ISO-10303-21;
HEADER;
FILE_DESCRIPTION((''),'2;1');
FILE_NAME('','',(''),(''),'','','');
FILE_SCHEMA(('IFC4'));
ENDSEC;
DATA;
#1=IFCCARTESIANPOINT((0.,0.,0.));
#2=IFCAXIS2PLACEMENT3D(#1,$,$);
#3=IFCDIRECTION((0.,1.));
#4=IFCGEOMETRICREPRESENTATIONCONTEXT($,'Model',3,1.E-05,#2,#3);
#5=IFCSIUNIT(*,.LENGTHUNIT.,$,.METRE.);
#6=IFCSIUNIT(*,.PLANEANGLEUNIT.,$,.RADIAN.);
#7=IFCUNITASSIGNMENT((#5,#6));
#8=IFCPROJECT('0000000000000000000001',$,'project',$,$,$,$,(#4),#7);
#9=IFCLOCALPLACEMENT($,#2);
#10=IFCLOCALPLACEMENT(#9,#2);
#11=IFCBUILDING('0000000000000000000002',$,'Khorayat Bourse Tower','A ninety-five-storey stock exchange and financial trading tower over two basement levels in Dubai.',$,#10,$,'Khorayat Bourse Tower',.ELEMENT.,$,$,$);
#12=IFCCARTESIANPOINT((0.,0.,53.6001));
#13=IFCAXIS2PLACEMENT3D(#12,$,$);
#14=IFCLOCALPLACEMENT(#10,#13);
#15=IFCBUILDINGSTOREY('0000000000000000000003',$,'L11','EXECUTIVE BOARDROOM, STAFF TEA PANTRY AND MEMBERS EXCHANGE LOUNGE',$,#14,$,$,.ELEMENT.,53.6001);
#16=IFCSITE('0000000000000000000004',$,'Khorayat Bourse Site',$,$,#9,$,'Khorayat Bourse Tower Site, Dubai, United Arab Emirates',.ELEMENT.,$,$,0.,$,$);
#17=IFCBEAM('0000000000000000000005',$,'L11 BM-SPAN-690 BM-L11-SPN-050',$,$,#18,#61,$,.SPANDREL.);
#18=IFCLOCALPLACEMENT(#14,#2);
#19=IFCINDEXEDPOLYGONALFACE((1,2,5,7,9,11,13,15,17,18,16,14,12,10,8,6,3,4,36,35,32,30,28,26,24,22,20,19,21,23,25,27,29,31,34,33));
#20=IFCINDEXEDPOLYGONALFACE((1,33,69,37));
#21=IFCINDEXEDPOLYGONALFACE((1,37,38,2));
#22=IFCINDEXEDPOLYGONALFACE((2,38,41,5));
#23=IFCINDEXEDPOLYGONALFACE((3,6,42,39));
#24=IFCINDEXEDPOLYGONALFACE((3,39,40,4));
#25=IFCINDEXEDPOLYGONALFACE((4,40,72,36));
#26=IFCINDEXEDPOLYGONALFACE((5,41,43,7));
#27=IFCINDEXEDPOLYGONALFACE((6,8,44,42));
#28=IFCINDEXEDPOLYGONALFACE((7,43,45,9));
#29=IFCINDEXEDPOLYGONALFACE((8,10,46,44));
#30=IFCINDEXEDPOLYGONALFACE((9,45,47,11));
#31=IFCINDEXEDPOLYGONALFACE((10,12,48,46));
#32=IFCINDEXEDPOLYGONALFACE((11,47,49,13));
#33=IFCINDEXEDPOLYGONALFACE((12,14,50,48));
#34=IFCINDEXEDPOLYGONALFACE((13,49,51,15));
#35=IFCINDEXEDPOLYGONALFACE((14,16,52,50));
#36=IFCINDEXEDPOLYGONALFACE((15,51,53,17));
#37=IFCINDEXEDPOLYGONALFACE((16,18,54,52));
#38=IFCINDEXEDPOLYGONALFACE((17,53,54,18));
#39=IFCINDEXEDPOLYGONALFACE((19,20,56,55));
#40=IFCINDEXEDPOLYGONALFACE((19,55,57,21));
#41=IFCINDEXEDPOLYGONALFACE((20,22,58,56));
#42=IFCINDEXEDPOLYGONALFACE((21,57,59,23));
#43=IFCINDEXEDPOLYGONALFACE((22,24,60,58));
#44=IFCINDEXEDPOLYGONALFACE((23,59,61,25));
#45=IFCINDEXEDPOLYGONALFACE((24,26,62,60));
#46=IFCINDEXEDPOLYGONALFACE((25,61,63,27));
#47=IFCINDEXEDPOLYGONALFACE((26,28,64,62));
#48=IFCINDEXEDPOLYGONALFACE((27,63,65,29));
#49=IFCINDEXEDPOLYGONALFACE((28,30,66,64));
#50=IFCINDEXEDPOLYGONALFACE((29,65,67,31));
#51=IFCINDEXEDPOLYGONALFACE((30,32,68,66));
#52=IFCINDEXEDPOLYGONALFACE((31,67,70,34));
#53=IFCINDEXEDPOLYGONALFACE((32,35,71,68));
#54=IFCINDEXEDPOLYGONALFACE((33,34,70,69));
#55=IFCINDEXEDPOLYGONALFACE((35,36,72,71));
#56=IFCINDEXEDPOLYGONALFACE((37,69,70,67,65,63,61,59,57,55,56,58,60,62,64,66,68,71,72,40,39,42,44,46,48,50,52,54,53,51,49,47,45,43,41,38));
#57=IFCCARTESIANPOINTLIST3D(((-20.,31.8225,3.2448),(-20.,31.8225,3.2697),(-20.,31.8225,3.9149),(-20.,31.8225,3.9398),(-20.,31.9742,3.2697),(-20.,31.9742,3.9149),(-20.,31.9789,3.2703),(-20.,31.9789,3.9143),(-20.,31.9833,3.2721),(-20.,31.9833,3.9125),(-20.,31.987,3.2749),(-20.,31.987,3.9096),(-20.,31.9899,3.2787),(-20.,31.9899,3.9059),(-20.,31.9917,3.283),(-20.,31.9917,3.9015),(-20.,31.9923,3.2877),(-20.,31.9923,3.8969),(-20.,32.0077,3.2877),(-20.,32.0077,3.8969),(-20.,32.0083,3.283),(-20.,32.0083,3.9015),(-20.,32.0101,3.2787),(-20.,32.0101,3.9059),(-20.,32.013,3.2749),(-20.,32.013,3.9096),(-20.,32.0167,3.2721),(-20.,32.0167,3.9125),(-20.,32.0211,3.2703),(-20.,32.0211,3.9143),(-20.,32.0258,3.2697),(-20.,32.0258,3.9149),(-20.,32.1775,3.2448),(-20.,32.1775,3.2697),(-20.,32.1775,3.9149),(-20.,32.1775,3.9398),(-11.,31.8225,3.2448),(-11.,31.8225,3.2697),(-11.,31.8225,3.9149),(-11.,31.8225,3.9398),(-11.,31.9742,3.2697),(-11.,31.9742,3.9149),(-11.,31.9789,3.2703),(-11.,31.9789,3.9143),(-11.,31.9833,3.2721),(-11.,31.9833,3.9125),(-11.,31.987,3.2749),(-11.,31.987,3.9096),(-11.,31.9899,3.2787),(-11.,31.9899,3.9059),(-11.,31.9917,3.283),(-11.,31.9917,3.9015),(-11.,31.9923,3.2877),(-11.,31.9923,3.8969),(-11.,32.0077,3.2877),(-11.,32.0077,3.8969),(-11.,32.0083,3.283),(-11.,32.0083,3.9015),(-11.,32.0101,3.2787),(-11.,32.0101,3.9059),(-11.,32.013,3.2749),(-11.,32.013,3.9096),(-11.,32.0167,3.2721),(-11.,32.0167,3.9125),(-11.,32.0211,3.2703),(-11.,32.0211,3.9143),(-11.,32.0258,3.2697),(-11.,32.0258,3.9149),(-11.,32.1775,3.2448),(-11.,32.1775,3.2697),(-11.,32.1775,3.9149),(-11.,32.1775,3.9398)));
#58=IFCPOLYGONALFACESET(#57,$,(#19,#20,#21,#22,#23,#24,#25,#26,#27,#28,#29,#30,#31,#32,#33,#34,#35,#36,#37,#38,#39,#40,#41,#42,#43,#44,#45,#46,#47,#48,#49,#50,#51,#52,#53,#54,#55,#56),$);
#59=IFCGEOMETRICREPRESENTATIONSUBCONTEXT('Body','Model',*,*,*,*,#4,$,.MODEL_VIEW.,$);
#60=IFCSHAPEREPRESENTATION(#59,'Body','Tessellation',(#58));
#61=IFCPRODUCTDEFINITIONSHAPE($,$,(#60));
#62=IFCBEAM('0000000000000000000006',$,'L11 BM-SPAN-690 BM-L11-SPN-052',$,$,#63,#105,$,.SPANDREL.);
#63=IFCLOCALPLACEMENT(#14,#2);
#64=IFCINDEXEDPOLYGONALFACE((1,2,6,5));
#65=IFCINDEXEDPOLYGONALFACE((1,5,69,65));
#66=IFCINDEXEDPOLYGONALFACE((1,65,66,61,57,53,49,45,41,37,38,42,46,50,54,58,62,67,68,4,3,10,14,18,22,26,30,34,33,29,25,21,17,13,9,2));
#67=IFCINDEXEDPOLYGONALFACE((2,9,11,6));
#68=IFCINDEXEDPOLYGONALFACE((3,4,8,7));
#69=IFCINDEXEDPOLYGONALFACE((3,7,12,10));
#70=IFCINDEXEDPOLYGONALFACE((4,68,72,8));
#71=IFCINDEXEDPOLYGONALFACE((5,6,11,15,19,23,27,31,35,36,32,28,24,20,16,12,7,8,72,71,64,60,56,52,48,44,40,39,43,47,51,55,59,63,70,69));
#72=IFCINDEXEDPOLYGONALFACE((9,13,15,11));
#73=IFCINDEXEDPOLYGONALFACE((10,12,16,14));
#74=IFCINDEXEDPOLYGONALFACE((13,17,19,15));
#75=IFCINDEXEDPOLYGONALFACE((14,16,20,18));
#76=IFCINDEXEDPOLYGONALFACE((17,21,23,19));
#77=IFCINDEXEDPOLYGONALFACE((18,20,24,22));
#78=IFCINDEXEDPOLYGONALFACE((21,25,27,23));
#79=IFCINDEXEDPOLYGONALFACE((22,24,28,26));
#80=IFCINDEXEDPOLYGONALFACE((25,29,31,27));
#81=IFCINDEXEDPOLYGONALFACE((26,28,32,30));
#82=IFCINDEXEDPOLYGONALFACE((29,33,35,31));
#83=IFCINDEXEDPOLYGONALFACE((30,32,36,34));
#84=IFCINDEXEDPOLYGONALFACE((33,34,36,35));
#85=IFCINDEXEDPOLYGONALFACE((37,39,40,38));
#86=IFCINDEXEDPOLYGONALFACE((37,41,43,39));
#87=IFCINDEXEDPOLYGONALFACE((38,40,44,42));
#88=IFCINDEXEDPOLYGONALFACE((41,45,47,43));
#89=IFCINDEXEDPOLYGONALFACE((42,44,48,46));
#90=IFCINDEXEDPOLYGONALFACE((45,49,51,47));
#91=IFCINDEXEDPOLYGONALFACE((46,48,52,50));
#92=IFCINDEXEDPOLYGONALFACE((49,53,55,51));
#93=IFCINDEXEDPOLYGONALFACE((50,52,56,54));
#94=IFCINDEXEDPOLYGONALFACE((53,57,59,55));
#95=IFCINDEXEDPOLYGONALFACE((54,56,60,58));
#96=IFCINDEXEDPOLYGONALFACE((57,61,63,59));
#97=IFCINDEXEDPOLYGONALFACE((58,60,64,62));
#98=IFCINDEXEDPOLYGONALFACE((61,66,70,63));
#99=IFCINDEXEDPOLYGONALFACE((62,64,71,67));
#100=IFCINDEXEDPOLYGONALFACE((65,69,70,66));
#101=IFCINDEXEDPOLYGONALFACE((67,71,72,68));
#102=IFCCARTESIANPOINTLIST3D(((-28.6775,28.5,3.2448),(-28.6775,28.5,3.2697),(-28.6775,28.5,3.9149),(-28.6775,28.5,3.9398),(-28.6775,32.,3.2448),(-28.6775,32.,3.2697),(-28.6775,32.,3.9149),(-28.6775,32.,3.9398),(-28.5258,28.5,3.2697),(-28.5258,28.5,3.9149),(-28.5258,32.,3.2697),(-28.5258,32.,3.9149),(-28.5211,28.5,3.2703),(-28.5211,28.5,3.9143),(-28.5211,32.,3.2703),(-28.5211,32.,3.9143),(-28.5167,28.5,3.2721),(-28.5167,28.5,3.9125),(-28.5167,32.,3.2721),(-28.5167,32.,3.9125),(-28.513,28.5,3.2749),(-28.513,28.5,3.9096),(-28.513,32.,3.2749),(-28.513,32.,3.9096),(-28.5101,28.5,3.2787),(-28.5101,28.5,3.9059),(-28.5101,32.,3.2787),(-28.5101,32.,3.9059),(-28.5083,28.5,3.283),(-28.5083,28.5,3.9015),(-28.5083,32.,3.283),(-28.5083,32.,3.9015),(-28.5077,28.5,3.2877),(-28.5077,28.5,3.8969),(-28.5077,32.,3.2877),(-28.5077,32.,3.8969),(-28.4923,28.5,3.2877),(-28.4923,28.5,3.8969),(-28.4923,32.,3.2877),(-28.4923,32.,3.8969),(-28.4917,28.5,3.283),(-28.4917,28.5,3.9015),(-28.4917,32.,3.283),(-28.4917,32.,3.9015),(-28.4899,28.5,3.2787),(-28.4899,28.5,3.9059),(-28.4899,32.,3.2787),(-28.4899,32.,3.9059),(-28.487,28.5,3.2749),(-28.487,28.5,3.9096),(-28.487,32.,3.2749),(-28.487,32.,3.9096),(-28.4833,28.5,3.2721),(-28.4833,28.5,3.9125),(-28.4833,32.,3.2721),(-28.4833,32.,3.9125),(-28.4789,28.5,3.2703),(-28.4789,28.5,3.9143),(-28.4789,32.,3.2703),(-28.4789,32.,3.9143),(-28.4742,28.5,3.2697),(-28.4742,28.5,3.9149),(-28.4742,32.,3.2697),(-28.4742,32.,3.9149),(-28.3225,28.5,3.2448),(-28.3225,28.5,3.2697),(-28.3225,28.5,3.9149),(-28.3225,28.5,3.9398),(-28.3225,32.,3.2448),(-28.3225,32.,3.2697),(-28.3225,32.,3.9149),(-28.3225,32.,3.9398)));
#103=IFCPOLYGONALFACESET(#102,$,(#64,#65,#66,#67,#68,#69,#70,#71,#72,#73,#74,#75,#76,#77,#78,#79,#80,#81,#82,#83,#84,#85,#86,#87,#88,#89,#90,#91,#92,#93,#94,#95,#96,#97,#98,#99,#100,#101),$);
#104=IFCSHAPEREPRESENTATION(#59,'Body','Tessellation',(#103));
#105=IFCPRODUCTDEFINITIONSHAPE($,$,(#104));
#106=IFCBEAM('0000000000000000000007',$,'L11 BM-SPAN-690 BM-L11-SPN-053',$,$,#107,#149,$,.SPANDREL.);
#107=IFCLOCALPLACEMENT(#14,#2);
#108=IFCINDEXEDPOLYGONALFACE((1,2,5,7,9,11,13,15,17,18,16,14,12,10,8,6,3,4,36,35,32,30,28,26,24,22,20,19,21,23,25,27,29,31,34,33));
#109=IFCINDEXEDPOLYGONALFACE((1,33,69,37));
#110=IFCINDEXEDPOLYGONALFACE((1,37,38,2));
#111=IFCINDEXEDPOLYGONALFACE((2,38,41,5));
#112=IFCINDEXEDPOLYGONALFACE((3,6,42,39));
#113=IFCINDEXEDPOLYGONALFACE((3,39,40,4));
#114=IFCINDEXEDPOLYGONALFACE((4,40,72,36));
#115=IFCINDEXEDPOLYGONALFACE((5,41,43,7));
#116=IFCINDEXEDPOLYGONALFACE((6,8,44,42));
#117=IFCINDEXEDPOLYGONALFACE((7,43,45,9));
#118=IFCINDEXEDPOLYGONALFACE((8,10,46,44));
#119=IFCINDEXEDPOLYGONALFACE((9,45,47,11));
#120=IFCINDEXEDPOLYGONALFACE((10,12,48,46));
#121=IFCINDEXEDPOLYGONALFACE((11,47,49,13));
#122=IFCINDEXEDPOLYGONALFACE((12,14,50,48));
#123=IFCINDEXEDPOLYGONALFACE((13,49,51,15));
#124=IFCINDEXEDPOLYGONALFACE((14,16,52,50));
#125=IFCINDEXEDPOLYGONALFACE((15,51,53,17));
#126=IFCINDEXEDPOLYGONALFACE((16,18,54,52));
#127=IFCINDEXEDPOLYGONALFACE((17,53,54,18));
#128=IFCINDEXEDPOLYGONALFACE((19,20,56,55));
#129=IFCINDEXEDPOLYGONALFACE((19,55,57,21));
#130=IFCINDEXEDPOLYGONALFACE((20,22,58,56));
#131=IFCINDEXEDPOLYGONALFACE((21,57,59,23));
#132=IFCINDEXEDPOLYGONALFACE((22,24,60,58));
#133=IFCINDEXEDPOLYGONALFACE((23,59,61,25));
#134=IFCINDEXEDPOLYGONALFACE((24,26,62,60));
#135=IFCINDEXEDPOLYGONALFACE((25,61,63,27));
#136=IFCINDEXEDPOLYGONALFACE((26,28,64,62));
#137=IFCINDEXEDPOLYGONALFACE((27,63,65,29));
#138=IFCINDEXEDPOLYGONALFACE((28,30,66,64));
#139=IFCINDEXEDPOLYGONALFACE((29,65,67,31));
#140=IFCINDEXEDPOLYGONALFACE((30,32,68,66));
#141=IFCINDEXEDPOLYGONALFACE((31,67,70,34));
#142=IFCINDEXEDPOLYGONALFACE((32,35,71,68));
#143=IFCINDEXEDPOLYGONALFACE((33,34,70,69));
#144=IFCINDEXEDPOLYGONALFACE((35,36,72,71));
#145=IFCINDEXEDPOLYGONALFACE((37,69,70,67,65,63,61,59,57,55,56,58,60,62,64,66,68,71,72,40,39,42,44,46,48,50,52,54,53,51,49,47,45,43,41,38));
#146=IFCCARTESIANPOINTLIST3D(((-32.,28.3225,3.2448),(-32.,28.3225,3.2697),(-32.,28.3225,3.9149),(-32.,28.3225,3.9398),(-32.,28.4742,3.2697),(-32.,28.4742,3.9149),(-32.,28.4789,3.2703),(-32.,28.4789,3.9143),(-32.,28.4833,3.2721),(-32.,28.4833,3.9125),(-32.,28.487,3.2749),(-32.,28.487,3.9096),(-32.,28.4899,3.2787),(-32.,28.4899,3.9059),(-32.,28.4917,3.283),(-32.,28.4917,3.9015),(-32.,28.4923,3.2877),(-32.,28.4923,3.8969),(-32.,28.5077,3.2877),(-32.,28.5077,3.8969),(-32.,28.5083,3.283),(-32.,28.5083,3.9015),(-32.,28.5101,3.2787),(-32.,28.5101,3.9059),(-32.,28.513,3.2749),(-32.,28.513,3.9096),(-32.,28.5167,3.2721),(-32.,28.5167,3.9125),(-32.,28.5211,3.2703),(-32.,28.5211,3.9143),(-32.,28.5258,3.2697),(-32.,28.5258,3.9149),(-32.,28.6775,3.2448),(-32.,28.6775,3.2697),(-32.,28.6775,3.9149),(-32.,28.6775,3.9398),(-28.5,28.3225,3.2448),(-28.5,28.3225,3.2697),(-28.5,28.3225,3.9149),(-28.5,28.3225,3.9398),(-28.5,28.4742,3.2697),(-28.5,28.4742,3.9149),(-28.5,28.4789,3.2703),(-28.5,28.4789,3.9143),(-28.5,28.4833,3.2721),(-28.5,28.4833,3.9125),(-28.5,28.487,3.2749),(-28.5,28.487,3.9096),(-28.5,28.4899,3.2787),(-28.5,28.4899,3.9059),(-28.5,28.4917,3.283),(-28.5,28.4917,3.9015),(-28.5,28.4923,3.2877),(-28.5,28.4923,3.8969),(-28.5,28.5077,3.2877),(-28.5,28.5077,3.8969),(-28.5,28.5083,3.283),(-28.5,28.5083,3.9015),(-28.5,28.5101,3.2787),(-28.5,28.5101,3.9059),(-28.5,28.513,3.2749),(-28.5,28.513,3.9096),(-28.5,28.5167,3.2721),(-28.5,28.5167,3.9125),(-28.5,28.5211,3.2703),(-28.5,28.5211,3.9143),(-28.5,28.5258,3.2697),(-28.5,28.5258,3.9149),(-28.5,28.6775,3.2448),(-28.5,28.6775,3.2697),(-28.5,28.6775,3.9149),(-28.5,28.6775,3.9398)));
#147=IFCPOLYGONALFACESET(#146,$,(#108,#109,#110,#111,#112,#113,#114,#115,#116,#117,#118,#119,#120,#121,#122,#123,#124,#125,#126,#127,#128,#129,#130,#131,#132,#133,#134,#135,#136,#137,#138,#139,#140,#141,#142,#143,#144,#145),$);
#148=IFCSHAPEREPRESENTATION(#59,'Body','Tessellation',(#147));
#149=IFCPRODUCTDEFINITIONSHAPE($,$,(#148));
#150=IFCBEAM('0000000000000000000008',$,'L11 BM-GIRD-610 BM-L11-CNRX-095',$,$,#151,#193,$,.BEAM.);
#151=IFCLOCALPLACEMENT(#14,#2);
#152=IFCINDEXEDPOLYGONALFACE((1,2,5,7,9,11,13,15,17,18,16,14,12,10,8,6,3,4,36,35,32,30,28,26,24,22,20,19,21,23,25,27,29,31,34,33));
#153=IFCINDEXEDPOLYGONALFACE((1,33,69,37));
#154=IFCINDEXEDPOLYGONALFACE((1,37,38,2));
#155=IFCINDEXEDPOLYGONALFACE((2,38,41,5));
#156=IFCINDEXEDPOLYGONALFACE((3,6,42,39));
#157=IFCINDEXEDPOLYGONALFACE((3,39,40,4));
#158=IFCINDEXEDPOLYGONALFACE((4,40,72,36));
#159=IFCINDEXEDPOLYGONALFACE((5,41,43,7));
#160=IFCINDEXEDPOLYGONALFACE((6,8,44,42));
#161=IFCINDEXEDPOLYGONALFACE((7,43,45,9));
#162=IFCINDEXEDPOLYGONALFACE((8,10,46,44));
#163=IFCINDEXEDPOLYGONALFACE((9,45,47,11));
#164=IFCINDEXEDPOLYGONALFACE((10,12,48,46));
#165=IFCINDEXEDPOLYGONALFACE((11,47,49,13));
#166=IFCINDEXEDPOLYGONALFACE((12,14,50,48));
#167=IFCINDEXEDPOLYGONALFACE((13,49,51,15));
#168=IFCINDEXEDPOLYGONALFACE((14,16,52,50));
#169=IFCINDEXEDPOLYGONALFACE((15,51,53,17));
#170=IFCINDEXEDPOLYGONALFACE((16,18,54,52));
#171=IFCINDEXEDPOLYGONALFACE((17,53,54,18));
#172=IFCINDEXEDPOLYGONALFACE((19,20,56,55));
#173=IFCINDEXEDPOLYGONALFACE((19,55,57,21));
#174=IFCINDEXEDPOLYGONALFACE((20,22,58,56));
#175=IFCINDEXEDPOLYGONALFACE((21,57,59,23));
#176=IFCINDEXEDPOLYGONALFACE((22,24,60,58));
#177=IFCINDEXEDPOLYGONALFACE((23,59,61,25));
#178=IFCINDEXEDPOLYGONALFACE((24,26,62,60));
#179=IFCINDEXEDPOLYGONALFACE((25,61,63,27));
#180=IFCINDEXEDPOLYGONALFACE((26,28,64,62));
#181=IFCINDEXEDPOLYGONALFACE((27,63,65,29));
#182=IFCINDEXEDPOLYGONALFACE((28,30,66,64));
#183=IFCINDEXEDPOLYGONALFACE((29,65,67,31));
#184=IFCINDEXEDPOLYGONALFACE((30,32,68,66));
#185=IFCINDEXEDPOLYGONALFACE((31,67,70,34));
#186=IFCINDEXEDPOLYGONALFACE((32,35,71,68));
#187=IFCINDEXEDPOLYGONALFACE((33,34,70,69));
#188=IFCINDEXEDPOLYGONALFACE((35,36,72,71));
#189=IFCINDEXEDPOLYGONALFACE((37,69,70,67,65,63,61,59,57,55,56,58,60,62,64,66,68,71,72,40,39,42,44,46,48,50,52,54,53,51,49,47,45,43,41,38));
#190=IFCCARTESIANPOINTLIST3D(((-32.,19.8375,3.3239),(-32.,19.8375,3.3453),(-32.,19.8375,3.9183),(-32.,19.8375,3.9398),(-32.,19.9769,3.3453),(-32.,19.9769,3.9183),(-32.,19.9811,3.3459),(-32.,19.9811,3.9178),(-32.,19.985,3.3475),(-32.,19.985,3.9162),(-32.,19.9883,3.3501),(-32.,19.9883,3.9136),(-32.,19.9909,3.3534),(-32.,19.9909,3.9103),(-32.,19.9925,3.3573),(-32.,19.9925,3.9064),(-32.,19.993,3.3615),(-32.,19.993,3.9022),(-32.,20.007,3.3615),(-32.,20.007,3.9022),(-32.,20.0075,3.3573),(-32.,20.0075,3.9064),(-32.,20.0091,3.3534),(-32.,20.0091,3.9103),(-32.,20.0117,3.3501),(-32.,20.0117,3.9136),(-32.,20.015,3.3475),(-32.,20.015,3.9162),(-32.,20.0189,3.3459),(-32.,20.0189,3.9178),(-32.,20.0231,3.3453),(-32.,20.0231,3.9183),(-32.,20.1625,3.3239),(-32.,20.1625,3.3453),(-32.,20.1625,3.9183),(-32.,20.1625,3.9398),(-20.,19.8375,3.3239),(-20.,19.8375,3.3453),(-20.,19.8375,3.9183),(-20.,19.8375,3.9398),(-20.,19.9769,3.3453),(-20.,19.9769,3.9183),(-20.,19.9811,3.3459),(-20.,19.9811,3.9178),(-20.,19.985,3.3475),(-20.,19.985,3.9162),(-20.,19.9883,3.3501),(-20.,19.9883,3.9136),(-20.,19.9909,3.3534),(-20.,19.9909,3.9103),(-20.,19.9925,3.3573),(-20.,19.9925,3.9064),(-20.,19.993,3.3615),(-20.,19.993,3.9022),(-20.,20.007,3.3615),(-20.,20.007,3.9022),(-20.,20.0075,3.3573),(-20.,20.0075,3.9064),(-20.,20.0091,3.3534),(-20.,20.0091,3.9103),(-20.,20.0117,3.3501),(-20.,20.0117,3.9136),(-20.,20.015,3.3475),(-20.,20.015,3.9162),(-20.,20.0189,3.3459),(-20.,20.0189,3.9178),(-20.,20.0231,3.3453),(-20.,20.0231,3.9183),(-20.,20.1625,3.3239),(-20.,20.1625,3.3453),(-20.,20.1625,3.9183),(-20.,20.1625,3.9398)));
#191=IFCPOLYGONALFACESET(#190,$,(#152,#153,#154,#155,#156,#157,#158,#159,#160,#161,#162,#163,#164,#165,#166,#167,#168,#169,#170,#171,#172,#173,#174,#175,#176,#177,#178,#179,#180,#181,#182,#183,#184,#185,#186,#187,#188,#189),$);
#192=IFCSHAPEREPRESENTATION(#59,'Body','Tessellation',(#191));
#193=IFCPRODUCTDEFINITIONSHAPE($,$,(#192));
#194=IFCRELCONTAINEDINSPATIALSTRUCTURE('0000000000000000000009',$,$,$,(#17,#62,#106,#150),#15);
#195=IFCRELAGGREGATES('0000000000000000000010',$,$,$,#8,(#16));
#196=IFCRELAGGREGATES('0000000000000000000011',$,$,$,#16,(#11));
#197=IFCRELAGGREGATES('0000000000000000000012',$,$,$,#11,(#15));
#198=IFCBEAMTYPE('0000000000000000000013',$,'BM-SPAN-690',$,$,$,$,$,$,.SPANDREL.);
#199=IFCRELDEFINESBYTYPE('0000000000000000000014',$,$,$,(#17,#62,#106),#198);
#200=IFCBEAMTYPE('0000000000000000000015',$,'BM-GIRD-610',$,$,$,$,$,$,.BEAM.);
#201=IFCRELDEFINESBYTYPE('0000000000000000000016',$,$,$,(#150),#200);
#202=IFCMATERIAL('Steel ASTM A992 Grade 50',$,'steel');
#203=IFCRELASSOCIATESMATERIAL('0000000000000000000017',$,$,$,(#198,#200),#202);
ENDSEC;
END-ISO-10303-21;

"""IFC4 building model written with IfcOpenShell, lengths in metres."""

from ifc_helpers import new_model, si_unit, direction, frame, origin, origin_2d, place, context, subcontext, project, spatial, i_section, extrude, source, transform, mapped, material, material_profile, profile_set, type_object, element, save


model = new_model("IFC4")

# Units and contexts
model_context = context("Model", 3, precision=1e-05, world=origin(), true_north=direction((0.0, 1.0)))
body_context = subcontext(model_context, "Body", "Model", "MODEL_VIEW")
ifc_project = project(units=[si_unit("LENGTHUNIT", "METRE"), si_unit("PLANEANGLEUNIT", "RADIAN")], contexts=[model_context])

# Site, building, storey
site_placement = place(None, origin())
site = spatial("IfcSite", under=ifc_project, at=site_placement, Name="Khorayat Bourse Site", LongName="Khorayat Bourse Tower Site, Dubai, United Arab Emirates", CompositionType="ELEMENT", RefElevation=0.0)
building_placement = place(site_placement, origin())
building = spatial("IfcBuilding", under=site, at=building_placement, Name="Khorayat Bourse Tower", Description="A ninety-five-storey stock exchange and financial trading tower over two basement levels in Dubai.", LongName="Khorayat Bourse Tower", CompositionType="ELEMENT")
storey_placement = place(building_placement, frame((0.0, 0.0, 53.6001)))
storey = spatial("IfcBuildingStorey", under=building, at=storey_placement, Name="L11", Description="EXECUTIVE BOARDROOM, STAFF TEA PANTRY AND MEMBERS EXCHANGE LOUNGE", CompositionType="ELEMENT", Elevation=53.6001)

# Beams
ifc_material_1 = material(Name="Steel ASTM A992 Grade 50", Category="steel")
ifc_material_profile_1 = material_profile(ifc_material_1, i_section(OverallWidth=0.355, OverallDepth=0.6951, WebThickness=0.0154, FlangeThickness=0.0249, FilletRadius=0.0181, at=origin_2d()), Name="W690X217")
ifc_profile_set_1 = profile_set([ifc_material_profile_1], Name="Steel ASTM A992 Grade 50")
beam_type_1 = type_object("IfcBeamType", Name="BM-SPAN-690", PredefinedType="SPANDREL", material=ifc_profile_set_1)
shared_shape_1 = source(origin(), body_context, "Body", "SweptSolid", [
    extrude(i_section(OverallWidth=0.355, OverallDepth=0.6951, WebThickness=0.0154, FlangeThickness=0.0249, FilletRadius=0.0181, at=origin_2d()), origin(), (0.0, 0.0, 1.0), 9.0),
])
beam_1_placement = place(storey_placement, frame((-20.0, 32.0, 3.5923), z_axis=(1.0, 0.0, 0.0), x_axis=(0.0, 1.0, 0.0)))
element("IfcBeam", 1, at=beam_1_placement, inside=storey, type_object=beam_type_1, Name="L11 BM-SPAN-690 BM-L11-SPN-050", PredefinedType="SPANDREL", context=body_context, shape_type="MappedRepresentation", body=[
    mapped(shared_shape_1, transform((0.0, 0.0, 0.0), scale=1.0)),
])
shared_shape_2 = source(origin(), body_context, "Body", "SweptSolid", [
    extrude(i_section(OverallWidth=0.355, OverallDepth=0.6951, WebThickness=0.0154, FlangeThickness=0.0249, FilletRadius=0.0181, at=origin_2d()), origin(), (0.0, 0.0, 1.0), 3.5),
])
for number, where, z_axis, x_axis, name in (
    (2, (-28.5, 28.5, 3.5923), (0.0, 1.0, 0.0), (-1.0, 0.0, 0.0), "L11 BM-SPAN-690 BM-L11-SPN-052"),
    (3, (-32.0, 28.5, 3.5923), (1.0, 0.0, 0.0), (0.0, 1.0, 0.0), "L11 BM-SPAN-690 BM-L11-SPN-053"),
):
    element("IfcBeam", number, at=place(storey_placement, frame(where, z_axis=z_axis, x_axis=x_axis)), inside=storey, type_object=beam_type_1, Name=name, PredefinedType="SPANDREL", context=body_context, shape_type="MappedRepresentation", body=[
        mapped(shared_shape_2, transform((0.0, 0.0, 0.0), scale=1.0)),
    ])
ifc_material_profile_2 = material_profile(ifc_material_1, i_section(OverallWidth=0.325, OverallDepth=0.616, WebThickness=0.0139, FlangeThickness=0.0215, FilletRadius=0.0161, at=origin_2d()), Name="W610X174")
ifc_profile_set_2 = profile_set([ifc_material_profile_2], Name="Steel ASTM A992 Grade 50")
beam_type_2 = type_object("IfcBeamType", Name="BM-GIRD-610", PredefinedType="BEAM", material=ifc_profile_set_2)
shared_shape_3 = source(origin(), body_context, "Body", "SweptSolid", [
    extrude(i_section(OverallWidth=0.325, OverallDepth=0.616, WebThickness=0.0139, FlangeThickness=0.0215, FilletRadius=0.0161, at=origin_2d()), origin(), (0.0, 0.0, 1.0), 12.0),
])
beam_2_placement = place(storey_placement, frame((-32.0, 20.0, 3.6318), z_axis=(1.0, 0.0, 0.0), x_axis=(0.0, 1.0, 0.0)))
element("IfcBeam", 4, at=beam_2_placement, inside=storey, type_object=beam_type_2, Name="L11 BM-GIRD-610 BM-L11-CNRX-095", PredefinedType="BEAM", context=body_context, shape_type="MappedRepresentation", body=[
    mapped(shared_shape_3, transform((0.0, 0.0, 0.0), scale=1.0)),
])

save(model, "model.ifc")
